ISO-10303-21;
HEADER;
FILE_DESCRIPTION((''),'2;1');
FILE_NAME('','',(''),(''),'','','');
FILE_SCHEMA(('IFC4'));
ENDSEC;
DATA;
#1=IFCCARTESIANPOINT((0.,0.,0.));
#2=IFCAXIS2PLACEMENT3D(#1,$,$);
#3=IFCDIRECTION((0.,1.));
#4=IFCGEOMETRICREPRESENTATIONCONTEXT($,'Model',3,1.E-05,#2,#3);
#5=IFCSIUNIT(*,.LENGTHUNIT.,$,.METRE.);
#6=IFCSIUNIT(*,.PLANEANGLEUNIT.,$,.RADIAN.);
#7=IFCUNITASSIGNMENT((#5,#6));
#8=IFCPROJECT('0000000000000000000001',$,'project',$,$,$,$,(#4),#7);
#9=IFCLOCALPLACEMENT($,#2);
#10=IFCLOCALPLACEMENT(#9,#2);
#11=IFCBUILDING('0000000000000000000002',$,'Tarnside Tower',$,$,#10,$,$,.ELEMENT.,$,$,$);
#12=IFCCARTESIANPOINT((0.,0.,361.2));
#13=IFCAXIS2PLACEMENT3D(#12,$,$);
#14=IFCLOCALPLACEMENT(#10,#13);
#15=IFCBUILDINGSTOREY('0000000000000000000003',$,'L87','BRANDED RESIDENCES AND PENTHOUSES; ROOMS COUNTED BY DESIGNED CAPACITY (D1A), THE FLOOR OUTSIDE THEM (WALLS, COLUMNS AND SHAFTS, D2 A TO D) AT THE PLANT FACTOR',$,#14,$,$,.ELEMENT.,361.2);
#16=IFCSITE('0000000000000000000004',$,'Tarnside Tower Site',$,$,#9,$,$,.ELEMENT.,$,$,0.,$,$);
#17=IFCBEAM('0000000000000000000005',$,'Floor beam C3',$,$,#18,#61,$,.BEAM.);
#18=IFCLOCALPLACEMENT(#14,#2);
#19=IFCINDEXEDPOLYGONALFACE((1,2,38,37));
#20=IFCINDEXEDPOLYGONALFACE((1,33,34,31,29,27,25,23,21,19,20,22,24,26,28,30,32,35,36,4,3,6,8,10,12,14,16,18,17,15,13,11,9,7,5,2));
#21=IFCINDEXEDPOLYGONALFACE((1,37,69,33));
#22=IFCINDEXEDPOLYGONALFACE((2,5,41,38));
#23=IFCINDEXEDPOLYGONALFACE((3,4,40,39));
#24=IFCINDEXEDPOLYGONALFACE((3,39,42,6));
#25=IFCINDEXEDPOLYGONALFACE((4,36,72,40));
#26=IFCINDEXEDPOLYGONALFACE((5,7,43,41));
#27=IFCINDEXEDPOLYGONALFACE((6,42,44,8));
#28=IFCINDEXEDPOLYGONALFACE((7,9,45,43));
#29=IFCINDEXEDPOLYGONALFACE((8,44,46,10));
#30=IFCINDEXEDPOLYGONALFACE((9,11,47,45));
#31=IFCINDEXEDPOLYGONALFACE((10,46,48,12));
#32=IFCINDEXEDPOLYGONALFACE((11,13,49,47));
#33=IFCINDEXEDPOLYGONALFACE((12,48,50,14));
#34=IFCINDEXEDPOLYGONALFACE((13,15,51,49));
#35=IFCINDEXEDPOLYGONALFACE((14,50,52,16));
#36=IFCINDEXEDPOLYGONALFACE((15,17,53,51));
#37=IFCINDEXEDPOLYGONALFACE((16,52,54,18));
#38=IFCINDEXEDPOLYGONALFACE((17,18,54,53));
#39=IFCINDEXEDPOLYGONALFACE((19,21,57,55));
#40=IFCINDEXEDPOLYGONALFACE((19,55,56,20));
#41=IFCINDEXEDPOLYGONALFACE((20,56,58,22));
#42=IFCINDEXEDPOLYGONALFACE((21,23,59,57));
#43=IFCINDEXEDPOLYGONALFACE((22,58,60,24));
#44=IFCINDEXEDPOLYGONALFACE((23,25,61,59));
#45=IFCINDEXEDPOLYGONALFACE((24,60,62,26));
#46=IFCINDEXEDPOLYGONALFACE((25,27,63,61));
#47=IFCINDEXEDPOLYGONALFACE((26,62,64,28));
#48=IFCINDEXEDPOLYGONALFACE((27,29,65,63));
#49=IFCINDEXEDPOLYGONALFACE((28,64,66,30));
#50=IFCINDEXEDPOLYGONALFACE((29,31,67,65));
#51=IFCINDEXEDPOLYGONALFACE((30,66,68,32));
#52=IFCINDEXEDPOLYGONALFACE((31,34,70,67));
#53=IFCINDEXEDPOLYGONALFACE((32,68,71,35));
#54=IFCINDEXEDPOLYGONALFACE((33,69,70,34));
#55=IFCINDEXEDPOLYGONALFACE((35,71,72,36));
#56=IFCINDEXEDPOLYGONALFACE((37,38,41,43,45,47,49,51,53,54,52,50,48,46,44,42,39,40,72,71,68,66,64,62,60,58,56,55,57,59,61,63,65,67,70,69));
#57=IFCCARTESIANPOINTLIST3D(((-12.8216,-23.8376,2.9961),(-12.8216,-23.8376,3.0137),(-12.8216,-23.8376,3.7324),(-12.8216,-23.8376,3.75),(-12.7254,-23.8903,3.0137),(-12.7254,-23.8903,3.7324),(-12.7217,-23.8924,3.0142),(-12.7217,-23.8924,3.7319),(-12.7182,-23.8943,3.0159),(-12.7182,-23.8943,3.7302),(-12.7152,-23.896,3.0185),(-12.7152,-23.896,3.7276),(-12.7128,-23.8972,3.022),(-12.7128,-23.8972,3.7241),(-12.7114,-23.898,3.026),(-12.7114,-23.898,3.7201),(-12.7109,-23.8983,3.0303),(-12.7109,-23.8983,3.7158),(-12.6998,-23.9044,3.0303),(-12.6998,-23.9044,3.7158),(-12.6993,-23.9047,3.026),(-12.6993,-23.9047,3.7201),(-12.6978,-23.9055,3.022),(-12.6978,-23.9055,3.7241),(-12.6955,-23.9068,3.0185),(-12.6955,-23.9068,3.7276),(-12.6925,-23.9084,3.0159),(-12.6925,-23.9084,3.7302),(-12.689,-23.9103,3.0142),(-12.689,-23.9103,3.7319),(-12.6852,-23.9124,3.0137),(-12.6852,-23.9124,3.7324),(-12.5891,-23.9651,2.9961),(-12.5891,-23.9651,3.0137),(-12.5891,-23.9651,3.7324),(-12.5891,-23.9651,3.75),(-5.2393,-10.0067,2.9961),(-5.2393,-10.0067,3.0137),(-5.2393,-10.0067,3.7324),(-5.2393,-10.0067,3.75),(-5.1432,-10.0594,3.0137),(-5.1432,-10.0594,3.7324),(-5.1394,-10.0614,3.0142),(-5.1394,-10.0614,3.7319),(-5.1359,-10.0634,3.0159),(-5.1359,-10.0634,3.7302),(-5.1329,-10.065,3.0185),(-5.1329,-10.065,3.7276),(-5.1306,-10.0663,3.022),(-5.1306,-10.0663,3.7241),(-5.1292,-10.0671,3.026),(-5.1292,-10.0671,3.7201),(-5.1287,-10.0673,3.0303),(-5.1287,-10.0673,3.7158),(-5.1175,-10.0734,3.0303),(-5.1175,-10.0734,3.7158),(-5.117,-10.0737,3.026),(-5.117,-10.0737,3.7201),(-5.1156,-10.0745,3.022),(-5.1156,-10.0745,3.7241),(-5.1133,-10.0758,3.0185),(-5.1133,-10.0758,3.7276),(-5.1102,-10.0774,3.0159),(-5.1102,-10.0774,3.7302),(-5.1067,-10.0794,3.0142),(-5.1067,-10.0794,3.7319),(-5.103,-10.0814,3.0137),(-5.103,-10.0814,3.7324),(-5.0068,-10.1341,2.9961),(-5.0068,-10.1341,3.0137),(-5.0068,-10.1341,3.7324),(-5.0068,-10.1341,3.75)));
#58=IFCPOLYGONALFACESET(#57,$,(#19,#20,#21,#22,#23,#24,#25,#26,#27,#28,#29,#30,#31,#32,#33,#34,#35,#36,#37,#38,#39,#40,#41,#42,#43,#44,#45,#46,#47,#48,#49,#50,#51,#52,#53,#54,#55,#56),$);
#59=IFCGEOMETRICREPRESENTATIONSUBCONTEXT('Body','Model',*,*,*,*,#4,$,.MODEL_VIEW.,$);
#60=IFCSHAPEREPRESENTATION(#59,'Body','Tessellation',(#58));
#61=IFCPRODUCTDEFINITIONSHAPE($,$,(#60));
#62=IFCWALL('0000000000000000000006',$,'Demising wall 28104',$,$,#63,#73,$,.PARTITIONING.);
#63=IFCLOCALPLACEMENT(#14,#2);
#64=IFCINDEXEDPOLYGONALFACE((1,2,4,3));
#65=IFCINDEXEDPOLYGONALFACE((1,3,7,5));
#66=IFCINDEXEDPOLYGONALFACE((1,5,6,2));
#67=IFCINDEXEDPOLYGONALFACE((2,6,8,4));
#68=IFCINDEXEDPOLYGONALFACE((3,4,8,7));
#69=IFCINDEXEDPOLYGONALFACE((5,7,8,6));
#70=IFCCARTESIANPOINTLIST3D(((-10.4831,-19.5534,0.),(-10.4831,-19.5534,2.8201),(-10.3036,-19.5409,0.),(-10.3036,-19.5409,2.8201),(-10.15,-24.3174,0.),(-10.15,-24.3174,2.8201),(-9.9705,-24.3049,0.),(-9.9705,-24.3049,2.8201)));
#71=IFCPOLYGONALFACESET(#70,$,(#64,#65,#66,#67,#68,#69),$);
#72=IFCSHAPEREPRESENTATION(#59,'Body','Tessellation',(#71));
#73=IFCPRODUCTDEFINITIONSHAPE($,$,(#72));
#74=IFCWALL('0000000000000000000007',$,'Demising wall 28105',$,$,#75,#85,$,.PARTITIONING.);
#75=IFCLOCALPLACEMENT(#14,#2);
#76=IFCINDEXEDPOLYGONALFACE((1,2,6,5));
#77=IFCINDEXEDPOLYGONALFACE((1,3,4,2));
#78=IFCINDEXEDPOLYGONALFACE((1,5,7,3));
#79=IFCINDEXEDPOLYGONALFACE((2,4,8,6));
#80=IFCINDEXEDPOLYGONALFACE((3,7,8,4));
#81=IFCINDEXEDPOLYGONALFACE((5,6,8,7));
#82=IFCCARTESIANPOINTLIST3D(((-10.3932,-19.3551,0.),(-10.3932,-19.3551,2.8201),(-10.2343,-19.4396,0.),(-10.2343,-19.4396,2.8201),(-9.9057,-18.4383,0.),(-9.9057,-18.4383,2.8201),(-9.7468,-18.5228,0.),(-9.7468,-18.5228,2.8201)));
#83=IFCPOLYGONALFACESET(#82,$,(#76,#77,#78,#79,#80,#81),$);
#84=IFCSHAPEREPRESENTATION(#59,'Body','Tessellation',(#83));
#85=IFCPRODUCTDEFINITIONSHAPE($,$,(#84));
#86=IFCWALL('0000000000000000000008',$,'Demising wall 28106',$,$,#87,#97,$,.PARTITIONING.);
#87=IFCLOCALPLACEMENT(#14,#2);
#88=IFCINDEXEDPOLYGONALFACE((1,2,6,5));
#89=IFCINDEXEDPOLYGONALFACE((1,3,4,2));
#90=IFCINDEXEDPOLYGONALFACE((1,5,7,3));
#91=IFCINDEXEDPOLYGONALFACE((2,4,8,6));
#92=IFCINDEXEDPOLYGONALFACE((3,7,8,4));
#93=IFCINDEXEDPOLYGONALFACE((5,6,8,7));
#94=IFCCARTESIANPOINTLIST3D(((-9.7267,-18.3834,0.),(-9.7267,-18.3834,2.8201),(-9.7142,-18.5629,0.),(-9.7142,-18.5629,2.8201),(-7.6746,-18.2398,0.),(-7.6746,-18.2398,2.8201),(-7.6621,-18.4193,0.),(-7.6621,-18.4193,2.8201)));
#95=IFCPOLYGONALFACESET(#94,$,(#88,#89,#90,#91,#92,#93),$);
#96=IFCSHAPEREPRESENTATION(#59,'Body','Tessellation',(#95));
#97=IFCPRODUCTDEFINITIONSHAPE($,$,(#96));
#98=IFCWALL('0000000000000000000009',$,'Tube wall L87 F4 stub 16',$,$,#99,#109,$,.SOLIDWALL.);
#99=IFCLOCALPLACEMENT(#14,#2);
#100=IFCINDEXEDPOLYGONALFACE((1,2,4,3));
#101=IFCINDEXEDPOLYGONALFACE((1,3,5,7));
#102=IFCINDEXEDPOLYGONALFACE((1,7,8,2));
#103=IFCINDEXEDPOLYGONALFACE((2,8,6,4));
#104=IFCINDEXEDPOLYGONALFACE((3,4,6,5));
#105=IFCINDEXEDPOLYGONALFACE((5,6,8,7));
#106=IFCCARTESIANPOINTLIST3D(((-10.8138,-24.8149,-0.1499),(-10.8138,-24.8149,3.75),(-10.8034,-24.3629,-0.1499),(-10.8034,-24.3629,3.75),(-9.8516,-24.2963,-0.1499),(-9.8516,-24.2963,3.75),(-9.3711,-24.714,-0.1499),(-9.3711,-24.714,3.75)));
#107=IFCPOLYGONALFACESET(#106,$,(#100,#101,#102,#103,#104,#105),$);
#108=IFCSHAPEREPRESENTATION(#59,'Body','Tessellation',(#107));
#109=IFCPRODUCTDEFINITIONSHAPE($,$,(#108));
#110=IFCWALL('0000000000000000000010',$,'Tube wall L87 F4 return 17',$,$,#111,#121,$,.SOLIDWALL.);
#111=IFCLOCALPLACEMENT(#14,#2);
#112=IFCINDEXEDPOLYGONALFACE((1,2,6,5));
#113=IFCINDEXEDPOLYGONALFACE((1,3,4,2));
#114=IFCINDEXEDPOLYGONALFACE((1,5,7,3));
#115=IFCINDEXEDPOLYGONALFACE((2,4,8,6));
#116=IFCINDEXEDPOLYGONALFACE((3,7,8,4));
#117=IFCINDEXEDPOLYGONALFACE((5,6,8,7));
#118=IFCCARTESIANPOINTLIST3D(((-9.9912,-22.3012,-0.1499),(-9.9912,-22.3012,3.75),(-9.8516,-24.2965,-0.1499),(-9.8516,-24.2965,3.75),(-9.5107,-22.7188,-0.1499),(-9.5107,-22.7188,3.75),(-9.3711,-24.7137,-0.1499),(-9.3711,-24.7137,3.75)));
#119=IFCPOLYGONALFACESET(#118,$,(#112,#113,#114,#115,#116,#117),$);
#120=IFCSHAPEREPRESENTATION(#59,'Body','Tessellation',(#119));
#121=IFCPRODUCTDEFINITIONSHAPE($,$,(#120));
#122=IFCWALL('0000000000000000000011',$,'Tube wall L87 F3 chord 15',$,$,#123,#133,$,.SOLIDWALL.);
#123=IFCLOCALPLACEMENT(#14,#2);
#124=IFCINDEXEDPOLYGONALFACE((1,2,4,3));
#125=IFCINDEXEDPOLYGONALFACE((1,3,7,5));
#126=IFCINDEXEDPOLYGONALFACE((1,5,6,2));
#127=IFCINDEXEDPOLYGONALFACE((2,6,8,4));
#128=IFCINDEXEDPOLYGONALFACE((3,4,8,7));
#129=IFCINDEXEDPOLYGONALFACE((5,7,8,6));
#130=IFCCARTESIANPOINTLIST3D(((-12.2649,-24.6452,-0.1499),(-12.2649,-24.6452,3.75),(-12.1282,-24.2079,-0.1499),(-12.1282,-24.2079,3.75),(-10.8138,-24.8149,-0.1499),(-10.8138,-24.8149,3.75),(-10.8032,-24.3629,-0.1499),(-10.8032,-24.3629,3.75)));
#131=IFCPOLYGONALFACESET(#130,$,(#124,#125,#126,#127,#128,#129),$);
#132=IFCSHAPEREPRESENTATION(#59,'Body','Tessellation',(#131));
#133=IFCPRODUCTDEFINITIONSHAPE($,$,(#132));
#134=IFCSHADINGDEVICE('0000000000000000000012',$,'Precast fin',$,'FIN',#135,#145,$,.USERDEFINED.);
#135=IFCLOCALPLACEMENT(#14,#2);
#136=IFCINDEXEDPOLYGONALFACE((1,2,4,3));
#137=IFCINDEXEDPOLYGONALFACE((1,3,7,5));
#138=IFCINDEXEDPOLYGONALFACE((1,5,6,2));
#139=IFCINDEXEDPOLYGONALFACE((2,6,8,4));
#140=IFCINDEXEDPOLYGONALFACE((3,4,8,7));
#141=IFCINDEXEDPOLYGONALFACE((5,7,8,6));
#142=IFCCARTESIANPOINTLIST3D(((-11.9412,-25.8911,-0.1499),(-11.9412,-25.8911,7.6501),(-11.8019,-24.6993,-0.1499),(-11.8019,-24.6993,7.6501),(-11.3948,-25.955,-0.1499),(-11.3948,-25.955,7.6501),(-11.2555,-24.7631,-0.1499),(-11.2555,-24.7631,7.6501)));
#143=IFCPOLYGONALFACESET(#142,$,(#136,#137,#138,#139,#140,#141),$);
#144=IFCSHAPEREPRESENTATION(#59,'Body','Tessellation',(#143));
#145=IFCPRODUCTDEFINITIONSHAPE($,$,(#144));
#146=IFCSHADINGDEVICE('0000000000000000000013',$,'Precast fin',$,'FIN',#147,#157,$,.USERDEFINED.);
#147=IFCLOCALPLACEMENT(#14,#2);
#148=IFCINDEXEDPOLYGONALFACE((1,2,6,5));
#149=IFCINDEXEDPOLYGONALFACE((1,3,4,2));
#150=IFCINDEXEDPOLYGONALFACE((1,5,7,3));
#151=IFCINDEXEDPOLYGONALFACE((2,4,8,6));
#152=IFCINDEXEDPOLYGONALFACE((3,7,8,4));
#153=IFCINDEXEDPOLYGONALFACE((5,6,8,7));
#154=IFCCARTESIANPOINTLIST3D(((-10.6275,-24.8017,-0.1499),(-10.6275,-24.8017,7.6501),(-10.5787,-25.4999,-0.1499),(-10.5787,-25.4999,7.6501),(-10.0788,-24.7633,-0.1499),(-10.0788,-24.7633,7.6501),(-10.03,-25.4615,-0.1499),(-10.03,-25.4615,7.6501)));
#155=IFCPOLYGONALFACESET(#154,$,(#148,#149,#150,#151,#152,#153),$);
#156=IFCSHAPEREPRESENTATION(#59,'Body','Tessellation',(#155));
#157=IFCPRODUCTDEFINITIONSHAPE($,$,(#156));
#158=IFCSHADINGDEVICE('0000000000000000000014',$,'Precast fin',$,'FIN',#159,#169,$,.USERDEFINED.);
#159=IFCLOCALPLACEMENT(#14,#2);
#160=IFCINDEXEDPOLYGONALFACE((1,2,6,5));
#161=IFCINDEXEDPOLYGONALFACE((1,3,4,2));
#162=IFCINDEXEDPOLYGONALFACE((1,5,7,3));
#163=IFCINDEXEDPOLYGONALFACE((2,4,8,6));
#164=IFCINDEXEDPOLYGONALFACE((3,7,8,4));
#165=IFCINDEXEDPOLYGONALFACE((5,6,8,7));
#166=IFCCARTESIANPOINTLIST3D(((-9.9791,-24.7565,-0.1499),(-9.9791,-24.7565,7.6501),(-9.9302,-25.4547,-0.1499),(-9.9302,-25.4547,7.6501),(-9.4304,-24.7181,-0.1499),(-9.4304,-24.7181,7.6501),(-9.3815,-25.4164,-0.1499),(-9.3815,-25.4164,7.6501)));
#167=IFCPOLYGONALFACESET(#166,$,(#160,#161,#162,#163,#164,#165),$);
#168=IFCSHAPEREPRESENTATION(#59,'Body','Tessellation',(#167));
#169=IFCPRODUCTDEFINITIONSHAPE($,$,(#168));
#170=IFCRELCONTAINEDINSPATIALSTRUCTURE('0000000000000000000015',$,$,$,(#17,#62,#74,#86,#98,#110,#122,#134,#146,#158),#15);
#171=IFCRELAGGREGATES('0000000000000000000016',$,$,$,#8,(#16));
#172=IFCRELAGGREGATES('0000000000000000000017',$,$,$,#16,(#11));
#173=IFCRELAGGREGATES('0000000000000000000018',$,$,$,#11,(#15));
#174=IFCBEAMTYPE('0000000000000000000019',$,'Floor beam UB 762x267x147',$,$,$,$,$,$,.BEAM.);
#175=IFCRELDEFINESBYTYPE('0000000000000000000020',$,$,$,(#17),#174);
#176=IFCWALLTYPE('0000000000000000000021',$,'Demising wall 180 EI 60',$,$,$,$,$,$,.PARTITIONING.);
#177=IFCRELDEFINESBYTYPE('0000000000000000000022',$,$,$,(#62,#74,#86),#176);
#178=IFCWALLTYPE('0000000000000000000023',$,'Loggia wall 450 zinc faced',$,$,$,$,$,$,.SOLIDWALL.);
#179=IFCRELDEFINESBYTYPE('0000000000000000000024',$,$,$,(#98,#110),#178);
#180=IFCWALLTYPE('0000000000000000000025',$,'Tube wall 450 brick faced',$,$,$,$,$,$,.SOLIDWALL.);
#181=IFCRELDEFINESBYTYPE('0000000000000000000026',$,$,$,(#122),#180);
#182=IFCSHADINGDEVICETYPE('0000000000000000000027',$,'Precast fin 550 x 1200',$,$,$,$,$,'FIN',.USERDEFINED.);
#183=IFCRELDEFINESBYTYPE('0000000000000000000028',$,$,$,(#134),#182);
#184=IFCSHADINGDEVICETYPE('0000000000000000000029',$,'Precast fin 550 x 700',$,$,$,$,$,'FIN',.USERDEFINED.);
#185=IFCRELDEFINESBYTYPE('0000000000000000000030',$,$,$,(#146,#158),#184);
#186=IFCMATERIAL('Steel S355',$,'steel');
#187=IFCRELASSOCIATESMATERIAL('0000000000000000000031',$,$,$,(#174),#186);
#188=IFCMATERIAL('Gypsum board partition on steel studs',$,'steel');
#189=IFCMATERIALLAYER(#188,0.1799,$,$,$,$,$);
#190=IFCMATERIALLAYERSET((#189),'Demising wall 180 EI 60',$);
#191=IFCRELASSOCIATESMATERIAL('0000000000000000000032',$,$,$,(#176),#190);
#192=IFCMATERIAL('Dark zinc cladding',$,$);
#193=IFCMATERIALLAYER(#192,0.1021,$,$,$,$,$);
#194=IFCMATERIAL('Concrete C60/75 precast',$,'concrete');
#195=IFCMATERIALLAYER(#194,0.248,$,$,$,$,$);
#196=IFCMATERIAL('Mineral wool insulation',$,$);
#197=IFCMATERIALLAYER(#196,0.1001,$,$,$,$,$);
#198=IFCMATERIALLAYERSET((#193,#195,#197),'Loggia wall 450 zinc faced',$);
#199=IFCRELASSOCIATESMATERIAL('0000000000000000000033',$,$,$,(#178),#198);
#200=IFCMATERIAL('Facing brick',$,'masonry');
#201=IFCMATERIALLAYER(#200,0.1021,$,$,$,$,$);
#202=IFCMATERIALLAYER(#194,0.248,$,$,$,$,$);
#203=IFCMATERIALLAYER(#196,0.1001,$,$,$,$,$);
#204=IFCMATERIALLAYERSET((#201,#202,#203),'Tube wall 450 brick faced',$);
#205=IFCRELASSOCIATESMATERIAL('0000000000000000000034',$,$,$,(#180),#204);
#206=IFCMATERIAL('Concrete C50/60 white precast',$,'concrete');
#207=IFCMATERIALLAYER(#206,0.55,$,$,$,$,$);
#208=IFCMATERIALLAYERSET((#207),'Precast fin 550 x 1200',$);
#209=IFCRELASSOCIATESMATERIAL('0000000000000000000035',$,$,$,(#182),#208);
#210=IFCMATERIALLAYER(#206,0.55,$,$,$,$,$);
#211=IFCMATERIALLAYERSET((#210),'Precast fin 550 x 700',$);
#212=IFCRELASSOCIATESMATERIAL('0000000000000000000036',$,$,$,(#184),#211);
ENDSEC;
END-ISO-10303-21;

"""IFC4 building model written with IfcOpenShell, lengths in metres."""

from ifc_helpers import new_model, si_unit, direction, frame, frame_2d, origin, origin_2d, place, context, subcontext, project, spatial, polyline, rectangle, i_section, outline, extrude, material, layer, layer_set, material_profile, profile_set, type_object, element, save


model = new_model("IFC4")

# Units and contexts
model_context = context("Model", 3, precision=1e-05, world=origin(), true_north=direction((0.0, 1.0)))
body_context = subcontext(model_context, "Body", "Model", "MODEL_VIEW")
ifc_project = project(units=[si_unit("LENGTHUNIT", "METRE"), si_unit("PLANEANGLEUNIT", "RADIAN")], contexts=[model_context])

# Site, building, storey
site_placement = place(None, origin())
site = spatial("IfcSite", under=ifc_project, at=site_placement, Name="Tarnside Tower Site", CompositionType="ELEMENT", RefElevation=0.0)
building_placement = place(site_placement, origin())
building = spatial("IfcBuilding", under=site, at=building_placement, Name="Tarnside Tower", CompositionType="ELEMENT")
storey_placement = place(building_placement, frame((0.0, 0.0, 361.2)))
storey = spatial("IfcBuildingStorey", under=building, at=storey_placement, Name="L87", Description="BRANDED RESIDENCES AND PENTHOUSES; ROOMS COUNTED BY DESIGNED CAPACITY (D1A), THE FLOOR OUTSIDE THEM (WALLS, COLUMNS AND SHAFTS, D2 A TO D) AT THE PLANT FACTOR", CompositionType="ELEMENT", Elevation=361.2)

# Beam
ifc_material_1 = material(Name="Steel S355", Category="steel")
ifc_material_profile = material_profile(ifc_material_1, i_section(OverallWidth=0.2651, OverallDepth=0.7539, WebThickness=0.0127, FlangeThickness=0.0176, FilletRadius=0.0166, at=origin_2d()), Name="UB 762x267x147")
ifc_profile_set = profile_set([ifc_material_profile], Name="Steel S355")
beam_type = type_object("IfcBeamType", Name="Floor beam UB 762x267x147", PredefinedType="BEAM", material=ifc_profile_set)
beam_placement = place(storey_placement, frame((-12.7053, -23.9014, 3.373), z_axis=(0.480711, 0.876879, 0.0), x_axis=(-0.876879, 0.480711, 0.0)))
element("IfcBeam", 1, at=beam_placement, inside=storey, type_object=beam_type, Name="Floor beam C3", PredefinedType="BEAM", context=body_context, shape_type="SweptSolid", body=[
    extrude(i_section(OverallWidth=0.2651, OverallDepth=0.7539, WebThickness=0.0127, FlangeThickness=0.0176, FilletRadius=0.0166, at=origin_2d()), origin(), (0.0, 0.0, 1.0), 15.7729),
])

# Walls
ifc_material_2 = material(Name="Gypsum board partition on steel studs", Category="steel")
ifc_layer_1 = layer(ifc_material_2, 0.1799)
ifc_layer_set_1 = layer_set([ifc_layer_1], Name="Demising wall 180 EI 60")
wall_type_1 = type_object("IfcWallType", Name="Demising wall 180 EI 60", PredefinedType="PARTITIONING", material=ifc_layer_set_1)
wall_1_placement = place(storey_placement, frame((-10.0603, -24.311, 0.0), z_axis=(0.0, 0.0, 1.0), x_axis=(-0.069732, 0.997566, 0.0)))
element("IfcWall", 2, at=wall_1_placement, inside=storey, type_object=wall_type_1, Name="Demising wall 28104", PredefinedType="PARTITIONING", context=body_context, shape_type="SweptSolid", body=[
    extrude(rectangle(XDim=4.7756, YDim=0.1799, at=frame_2d((2.3877, 0.0))), origin(), (0.0, 0.0, 1.0), 2.8201),
])
wall_2_placement = place(storey_placement, frame((-10.3137, -19.3972, 0.0), z_axis=(0.0, 0.0, 1.0), x_axis=(0.469551, 0.882906, 0.0)))
element("IfcWall", 3, at=wall_2_placement, inside=storey, type_object=wall_type_1, Name="Demising wall 28105", PredefinedType="PARTITIONING", context=body_context, shape_type="SweptSolid", body=[
    extrude(rectangle(XDim=1.0383, YDim=0.1799, at=frame_2d((0.519, 0.0))), origin(), (0.0, 0.0, 1.0), 2.8201),
])
wall_3_placement = place(storey_placement, frame((-9.7205, -18.4731, 0.0), z_axis=(0.0, 0.0, 1.0), x_axis=(0.997562, 0.069788, 0.0)))
element("IfcWall", 4, at=wall_3_placement, inside=storey, type_object=wall_type_1, Name="Demising wall 28106", PredefinedType="PARTITIONING", context=body_context, shape_type="SweptSolid", body=[
    extrude(rectangle(XDim=2.0571, YDim=0.1799, at=frame_2d((1.0286, 0.0))), origin(), (0.0, 0.0, 1.0), 2.8201),
])
ifc_material_3 = material(Name="Dark zinc cladding")
ifc_layer_2 = layer(ifc_material_3, 0.1021)
ifc_material_4 = material(Name="Concrete C60/75 precast", Category="concrete")
ifc_layer_3 = layer(ifc_material_4, 0.248)
ifc_material_5 = material(Name="Mineral wool insulation")
ifc_layer_4 = layer(ifc_material_5, 0.1001)
ifc_layer_set_2 = layer_set([ifc_layer_2, ifc_layer_3, ifc_layer_4], Name="Loggia wall 450 zinc faced")
wall_type_2 = type_object("IfcWallType", Name="Loggia wall 450 zinc faced", PredefinedType="SOLIDWALL", material=ifc_layer_set_2)
wall_4_placement = place(storey_placement, frame((-10.8086, -24.5889, -0.1499), z_axis=(0.0, 0.0, 1.0), x_axis=(0.997563, 0.069772, 0.0)))
element("IfcWall", 5, at=wall_4_placement, inside=storey, type_object=wall_type_2, Name="Tube wall L87 F4 stub 16", PredefinedType="SOLIDWALL", context=body_context, shape_type="SweptSolid", body=[
    extrude(outline(polyline([(-0.021, -0.2251), (1.4253, -0.2251), (0.9751, 0.2251), (0.021, 0.2251), (-0.021, -0.2251)])), origin(), (0.0, 0.0, 1.0), 3.8999),
])
wall_5_placement = place(storey_placement, frame((-9.6113, -24.5051, -0.1499), z_axis=(0.0, 0.0, 1.0), x_axis=(-0.069824, 0.997559, 0.0)))
element("IfcWall", 6, at=wall_5_placement, inside=storey, type_object=wall_type_2, Name="Tube wall L87 F4 return 17", PredefinedType="SOLIDWALL", context=body_context, shape_type="SweptSolid", body=[
    extrude(outline(polyline([(-0.2249, -0.2251), (1.7749, -0.2251), (2.2251, 0.2251), (0.2249, 0.2251), (-0.2249, -0.2251)])), origin(), (0.0, 0.0, 1.0), 3.8999),
])

# Wall
ifc_material_6 = material(Name="Facing brick", Category="masonry")
ifc_layer_5 = layer(ifc_material_6, 0.1021)
ifc_layer_6 = layer(ifc_material_4, 0.248)
ifc_layer_7 = layer(ifc_material_5, 0.1001)
ifc_layer_set_3 = layer_set([ifc_layer_5, ifc_layer_6, ifc_layer_7], Name="Tube wall 450 brick faced")
wall_type_3 = type_object("IfcWallType", Name="Tube wall 450 brick faced", PredefinedType="SOLIDWALL", material=ifc_layer_set_3)
wall_6_placement = place(storey_placement, frame((-12.1965, -24.4265, -0.1499), z_axis=(0.0, 0.0, 1.0), x_axis=(0.993228, -0.116182, 0.0)))
element("IfcWall", 7, at=wall_6_placement, inside=storey, type_object=wall_type_3, Name="Tube wall L87 F3 chord 15", PredefinedType="SOLIDWALL", context=body_context, shape_type="SweptSolid", body=[
    extrude(outline(polyline([(-0.0425, -0.2251), (1.4185, -0.2251), (1.3765, 0.2251), (0.0425, 0.2251), (-0.0425, -0.2251)])), origin(), (0.0, 0.0, 1.0), 3.8999),
])

# Shading devices
ifc_material_7 = material(Name="Concrete C50/60 white precast", Category="concrete")
ifc_layer_8 = layer(ifc_material_7, 0.55)
ifc_layer_set_4 = layer_set([ifc_layer_8], Name="Precast fin 550 x 1200")
shading_device_type_1 = type_object("IfcShadingDeviceType", Name="Precast fin 550 x 1200", ElementType="FIN", PredefinedType="USERDEFINED", material=ifc_layer_set_4)
shading_device_placement = place(storey_placement, frame((-11.5286, -24.7312, -0.1499), z_axis=(-0.993238, 0.116093, 0.0), x_axis=(-0.116093, -0.993238, 0.0)))
element("IfcShadingDevice", 8, at=shading_device_placement, inside=storey, type_object=shading_device_type_1, Name="Precast fin", ObjectType="FIN", PredefinedType="USERDEFINED", context=body_context, shape_type="SweptSolid", body=[
    extrude(outline(polyline([(0.0, 0.0), (1.2, 0.0), (1.2, 7.8), (0.0, 7.8), (0.0, 0.0)])), frame((0.0, 0.0, -0.2749)), (0.0, 0.0, 1.0), 0.55),
])
ifc_layer_9 = layer(ifc_material_7, 0.55)
ifc_layer_set_5 = layer_set([ifc_layer_9], Name="Precast fin 550 x 700")
shading_device_type_2 = type_object("IfcShadingDeviceType", Name="Precast fin 550 x 700", ElementType="FIN", PredefinedType="USERDEFINED", material=ifc_layer_set_5)
for number, where, z_axis, x_axis, name in (
    (9, (-10.353, -24.7825, -0.1499), (-0.997564, -0.069756, 0.0), (0.069756, -0.997564, 0.0), "Precast fin"),
    (10, (-9.7046, -24.7373, -0.1499), (-0.997564, -0.069756, 0.0), (0.069756, -0.997564, 0.0), "Precast fin"),
):
    element("IfcShadingDevice", number, at=place(storey_placement, frame(where, z_axis=z_axis, x_axis=x_axis)), inside=storey, type_object=shading_device_type_2, Name=name, ObjectType="FIN", PredefinedType="USERDEFINED", context=body_context, shape_type="SweptSolid", body=[
        extrude(outline(polyline([(0.0, 0.0), (0.7, 0.0), (0.7, 7.8), (0.0, 7.8), (0.0, 0.0)])), frame((0.0, 0.0, -0.2749)), (0.0, 0.0, 1.0), 0.55),
    ])

save(model, "model.ifc")
